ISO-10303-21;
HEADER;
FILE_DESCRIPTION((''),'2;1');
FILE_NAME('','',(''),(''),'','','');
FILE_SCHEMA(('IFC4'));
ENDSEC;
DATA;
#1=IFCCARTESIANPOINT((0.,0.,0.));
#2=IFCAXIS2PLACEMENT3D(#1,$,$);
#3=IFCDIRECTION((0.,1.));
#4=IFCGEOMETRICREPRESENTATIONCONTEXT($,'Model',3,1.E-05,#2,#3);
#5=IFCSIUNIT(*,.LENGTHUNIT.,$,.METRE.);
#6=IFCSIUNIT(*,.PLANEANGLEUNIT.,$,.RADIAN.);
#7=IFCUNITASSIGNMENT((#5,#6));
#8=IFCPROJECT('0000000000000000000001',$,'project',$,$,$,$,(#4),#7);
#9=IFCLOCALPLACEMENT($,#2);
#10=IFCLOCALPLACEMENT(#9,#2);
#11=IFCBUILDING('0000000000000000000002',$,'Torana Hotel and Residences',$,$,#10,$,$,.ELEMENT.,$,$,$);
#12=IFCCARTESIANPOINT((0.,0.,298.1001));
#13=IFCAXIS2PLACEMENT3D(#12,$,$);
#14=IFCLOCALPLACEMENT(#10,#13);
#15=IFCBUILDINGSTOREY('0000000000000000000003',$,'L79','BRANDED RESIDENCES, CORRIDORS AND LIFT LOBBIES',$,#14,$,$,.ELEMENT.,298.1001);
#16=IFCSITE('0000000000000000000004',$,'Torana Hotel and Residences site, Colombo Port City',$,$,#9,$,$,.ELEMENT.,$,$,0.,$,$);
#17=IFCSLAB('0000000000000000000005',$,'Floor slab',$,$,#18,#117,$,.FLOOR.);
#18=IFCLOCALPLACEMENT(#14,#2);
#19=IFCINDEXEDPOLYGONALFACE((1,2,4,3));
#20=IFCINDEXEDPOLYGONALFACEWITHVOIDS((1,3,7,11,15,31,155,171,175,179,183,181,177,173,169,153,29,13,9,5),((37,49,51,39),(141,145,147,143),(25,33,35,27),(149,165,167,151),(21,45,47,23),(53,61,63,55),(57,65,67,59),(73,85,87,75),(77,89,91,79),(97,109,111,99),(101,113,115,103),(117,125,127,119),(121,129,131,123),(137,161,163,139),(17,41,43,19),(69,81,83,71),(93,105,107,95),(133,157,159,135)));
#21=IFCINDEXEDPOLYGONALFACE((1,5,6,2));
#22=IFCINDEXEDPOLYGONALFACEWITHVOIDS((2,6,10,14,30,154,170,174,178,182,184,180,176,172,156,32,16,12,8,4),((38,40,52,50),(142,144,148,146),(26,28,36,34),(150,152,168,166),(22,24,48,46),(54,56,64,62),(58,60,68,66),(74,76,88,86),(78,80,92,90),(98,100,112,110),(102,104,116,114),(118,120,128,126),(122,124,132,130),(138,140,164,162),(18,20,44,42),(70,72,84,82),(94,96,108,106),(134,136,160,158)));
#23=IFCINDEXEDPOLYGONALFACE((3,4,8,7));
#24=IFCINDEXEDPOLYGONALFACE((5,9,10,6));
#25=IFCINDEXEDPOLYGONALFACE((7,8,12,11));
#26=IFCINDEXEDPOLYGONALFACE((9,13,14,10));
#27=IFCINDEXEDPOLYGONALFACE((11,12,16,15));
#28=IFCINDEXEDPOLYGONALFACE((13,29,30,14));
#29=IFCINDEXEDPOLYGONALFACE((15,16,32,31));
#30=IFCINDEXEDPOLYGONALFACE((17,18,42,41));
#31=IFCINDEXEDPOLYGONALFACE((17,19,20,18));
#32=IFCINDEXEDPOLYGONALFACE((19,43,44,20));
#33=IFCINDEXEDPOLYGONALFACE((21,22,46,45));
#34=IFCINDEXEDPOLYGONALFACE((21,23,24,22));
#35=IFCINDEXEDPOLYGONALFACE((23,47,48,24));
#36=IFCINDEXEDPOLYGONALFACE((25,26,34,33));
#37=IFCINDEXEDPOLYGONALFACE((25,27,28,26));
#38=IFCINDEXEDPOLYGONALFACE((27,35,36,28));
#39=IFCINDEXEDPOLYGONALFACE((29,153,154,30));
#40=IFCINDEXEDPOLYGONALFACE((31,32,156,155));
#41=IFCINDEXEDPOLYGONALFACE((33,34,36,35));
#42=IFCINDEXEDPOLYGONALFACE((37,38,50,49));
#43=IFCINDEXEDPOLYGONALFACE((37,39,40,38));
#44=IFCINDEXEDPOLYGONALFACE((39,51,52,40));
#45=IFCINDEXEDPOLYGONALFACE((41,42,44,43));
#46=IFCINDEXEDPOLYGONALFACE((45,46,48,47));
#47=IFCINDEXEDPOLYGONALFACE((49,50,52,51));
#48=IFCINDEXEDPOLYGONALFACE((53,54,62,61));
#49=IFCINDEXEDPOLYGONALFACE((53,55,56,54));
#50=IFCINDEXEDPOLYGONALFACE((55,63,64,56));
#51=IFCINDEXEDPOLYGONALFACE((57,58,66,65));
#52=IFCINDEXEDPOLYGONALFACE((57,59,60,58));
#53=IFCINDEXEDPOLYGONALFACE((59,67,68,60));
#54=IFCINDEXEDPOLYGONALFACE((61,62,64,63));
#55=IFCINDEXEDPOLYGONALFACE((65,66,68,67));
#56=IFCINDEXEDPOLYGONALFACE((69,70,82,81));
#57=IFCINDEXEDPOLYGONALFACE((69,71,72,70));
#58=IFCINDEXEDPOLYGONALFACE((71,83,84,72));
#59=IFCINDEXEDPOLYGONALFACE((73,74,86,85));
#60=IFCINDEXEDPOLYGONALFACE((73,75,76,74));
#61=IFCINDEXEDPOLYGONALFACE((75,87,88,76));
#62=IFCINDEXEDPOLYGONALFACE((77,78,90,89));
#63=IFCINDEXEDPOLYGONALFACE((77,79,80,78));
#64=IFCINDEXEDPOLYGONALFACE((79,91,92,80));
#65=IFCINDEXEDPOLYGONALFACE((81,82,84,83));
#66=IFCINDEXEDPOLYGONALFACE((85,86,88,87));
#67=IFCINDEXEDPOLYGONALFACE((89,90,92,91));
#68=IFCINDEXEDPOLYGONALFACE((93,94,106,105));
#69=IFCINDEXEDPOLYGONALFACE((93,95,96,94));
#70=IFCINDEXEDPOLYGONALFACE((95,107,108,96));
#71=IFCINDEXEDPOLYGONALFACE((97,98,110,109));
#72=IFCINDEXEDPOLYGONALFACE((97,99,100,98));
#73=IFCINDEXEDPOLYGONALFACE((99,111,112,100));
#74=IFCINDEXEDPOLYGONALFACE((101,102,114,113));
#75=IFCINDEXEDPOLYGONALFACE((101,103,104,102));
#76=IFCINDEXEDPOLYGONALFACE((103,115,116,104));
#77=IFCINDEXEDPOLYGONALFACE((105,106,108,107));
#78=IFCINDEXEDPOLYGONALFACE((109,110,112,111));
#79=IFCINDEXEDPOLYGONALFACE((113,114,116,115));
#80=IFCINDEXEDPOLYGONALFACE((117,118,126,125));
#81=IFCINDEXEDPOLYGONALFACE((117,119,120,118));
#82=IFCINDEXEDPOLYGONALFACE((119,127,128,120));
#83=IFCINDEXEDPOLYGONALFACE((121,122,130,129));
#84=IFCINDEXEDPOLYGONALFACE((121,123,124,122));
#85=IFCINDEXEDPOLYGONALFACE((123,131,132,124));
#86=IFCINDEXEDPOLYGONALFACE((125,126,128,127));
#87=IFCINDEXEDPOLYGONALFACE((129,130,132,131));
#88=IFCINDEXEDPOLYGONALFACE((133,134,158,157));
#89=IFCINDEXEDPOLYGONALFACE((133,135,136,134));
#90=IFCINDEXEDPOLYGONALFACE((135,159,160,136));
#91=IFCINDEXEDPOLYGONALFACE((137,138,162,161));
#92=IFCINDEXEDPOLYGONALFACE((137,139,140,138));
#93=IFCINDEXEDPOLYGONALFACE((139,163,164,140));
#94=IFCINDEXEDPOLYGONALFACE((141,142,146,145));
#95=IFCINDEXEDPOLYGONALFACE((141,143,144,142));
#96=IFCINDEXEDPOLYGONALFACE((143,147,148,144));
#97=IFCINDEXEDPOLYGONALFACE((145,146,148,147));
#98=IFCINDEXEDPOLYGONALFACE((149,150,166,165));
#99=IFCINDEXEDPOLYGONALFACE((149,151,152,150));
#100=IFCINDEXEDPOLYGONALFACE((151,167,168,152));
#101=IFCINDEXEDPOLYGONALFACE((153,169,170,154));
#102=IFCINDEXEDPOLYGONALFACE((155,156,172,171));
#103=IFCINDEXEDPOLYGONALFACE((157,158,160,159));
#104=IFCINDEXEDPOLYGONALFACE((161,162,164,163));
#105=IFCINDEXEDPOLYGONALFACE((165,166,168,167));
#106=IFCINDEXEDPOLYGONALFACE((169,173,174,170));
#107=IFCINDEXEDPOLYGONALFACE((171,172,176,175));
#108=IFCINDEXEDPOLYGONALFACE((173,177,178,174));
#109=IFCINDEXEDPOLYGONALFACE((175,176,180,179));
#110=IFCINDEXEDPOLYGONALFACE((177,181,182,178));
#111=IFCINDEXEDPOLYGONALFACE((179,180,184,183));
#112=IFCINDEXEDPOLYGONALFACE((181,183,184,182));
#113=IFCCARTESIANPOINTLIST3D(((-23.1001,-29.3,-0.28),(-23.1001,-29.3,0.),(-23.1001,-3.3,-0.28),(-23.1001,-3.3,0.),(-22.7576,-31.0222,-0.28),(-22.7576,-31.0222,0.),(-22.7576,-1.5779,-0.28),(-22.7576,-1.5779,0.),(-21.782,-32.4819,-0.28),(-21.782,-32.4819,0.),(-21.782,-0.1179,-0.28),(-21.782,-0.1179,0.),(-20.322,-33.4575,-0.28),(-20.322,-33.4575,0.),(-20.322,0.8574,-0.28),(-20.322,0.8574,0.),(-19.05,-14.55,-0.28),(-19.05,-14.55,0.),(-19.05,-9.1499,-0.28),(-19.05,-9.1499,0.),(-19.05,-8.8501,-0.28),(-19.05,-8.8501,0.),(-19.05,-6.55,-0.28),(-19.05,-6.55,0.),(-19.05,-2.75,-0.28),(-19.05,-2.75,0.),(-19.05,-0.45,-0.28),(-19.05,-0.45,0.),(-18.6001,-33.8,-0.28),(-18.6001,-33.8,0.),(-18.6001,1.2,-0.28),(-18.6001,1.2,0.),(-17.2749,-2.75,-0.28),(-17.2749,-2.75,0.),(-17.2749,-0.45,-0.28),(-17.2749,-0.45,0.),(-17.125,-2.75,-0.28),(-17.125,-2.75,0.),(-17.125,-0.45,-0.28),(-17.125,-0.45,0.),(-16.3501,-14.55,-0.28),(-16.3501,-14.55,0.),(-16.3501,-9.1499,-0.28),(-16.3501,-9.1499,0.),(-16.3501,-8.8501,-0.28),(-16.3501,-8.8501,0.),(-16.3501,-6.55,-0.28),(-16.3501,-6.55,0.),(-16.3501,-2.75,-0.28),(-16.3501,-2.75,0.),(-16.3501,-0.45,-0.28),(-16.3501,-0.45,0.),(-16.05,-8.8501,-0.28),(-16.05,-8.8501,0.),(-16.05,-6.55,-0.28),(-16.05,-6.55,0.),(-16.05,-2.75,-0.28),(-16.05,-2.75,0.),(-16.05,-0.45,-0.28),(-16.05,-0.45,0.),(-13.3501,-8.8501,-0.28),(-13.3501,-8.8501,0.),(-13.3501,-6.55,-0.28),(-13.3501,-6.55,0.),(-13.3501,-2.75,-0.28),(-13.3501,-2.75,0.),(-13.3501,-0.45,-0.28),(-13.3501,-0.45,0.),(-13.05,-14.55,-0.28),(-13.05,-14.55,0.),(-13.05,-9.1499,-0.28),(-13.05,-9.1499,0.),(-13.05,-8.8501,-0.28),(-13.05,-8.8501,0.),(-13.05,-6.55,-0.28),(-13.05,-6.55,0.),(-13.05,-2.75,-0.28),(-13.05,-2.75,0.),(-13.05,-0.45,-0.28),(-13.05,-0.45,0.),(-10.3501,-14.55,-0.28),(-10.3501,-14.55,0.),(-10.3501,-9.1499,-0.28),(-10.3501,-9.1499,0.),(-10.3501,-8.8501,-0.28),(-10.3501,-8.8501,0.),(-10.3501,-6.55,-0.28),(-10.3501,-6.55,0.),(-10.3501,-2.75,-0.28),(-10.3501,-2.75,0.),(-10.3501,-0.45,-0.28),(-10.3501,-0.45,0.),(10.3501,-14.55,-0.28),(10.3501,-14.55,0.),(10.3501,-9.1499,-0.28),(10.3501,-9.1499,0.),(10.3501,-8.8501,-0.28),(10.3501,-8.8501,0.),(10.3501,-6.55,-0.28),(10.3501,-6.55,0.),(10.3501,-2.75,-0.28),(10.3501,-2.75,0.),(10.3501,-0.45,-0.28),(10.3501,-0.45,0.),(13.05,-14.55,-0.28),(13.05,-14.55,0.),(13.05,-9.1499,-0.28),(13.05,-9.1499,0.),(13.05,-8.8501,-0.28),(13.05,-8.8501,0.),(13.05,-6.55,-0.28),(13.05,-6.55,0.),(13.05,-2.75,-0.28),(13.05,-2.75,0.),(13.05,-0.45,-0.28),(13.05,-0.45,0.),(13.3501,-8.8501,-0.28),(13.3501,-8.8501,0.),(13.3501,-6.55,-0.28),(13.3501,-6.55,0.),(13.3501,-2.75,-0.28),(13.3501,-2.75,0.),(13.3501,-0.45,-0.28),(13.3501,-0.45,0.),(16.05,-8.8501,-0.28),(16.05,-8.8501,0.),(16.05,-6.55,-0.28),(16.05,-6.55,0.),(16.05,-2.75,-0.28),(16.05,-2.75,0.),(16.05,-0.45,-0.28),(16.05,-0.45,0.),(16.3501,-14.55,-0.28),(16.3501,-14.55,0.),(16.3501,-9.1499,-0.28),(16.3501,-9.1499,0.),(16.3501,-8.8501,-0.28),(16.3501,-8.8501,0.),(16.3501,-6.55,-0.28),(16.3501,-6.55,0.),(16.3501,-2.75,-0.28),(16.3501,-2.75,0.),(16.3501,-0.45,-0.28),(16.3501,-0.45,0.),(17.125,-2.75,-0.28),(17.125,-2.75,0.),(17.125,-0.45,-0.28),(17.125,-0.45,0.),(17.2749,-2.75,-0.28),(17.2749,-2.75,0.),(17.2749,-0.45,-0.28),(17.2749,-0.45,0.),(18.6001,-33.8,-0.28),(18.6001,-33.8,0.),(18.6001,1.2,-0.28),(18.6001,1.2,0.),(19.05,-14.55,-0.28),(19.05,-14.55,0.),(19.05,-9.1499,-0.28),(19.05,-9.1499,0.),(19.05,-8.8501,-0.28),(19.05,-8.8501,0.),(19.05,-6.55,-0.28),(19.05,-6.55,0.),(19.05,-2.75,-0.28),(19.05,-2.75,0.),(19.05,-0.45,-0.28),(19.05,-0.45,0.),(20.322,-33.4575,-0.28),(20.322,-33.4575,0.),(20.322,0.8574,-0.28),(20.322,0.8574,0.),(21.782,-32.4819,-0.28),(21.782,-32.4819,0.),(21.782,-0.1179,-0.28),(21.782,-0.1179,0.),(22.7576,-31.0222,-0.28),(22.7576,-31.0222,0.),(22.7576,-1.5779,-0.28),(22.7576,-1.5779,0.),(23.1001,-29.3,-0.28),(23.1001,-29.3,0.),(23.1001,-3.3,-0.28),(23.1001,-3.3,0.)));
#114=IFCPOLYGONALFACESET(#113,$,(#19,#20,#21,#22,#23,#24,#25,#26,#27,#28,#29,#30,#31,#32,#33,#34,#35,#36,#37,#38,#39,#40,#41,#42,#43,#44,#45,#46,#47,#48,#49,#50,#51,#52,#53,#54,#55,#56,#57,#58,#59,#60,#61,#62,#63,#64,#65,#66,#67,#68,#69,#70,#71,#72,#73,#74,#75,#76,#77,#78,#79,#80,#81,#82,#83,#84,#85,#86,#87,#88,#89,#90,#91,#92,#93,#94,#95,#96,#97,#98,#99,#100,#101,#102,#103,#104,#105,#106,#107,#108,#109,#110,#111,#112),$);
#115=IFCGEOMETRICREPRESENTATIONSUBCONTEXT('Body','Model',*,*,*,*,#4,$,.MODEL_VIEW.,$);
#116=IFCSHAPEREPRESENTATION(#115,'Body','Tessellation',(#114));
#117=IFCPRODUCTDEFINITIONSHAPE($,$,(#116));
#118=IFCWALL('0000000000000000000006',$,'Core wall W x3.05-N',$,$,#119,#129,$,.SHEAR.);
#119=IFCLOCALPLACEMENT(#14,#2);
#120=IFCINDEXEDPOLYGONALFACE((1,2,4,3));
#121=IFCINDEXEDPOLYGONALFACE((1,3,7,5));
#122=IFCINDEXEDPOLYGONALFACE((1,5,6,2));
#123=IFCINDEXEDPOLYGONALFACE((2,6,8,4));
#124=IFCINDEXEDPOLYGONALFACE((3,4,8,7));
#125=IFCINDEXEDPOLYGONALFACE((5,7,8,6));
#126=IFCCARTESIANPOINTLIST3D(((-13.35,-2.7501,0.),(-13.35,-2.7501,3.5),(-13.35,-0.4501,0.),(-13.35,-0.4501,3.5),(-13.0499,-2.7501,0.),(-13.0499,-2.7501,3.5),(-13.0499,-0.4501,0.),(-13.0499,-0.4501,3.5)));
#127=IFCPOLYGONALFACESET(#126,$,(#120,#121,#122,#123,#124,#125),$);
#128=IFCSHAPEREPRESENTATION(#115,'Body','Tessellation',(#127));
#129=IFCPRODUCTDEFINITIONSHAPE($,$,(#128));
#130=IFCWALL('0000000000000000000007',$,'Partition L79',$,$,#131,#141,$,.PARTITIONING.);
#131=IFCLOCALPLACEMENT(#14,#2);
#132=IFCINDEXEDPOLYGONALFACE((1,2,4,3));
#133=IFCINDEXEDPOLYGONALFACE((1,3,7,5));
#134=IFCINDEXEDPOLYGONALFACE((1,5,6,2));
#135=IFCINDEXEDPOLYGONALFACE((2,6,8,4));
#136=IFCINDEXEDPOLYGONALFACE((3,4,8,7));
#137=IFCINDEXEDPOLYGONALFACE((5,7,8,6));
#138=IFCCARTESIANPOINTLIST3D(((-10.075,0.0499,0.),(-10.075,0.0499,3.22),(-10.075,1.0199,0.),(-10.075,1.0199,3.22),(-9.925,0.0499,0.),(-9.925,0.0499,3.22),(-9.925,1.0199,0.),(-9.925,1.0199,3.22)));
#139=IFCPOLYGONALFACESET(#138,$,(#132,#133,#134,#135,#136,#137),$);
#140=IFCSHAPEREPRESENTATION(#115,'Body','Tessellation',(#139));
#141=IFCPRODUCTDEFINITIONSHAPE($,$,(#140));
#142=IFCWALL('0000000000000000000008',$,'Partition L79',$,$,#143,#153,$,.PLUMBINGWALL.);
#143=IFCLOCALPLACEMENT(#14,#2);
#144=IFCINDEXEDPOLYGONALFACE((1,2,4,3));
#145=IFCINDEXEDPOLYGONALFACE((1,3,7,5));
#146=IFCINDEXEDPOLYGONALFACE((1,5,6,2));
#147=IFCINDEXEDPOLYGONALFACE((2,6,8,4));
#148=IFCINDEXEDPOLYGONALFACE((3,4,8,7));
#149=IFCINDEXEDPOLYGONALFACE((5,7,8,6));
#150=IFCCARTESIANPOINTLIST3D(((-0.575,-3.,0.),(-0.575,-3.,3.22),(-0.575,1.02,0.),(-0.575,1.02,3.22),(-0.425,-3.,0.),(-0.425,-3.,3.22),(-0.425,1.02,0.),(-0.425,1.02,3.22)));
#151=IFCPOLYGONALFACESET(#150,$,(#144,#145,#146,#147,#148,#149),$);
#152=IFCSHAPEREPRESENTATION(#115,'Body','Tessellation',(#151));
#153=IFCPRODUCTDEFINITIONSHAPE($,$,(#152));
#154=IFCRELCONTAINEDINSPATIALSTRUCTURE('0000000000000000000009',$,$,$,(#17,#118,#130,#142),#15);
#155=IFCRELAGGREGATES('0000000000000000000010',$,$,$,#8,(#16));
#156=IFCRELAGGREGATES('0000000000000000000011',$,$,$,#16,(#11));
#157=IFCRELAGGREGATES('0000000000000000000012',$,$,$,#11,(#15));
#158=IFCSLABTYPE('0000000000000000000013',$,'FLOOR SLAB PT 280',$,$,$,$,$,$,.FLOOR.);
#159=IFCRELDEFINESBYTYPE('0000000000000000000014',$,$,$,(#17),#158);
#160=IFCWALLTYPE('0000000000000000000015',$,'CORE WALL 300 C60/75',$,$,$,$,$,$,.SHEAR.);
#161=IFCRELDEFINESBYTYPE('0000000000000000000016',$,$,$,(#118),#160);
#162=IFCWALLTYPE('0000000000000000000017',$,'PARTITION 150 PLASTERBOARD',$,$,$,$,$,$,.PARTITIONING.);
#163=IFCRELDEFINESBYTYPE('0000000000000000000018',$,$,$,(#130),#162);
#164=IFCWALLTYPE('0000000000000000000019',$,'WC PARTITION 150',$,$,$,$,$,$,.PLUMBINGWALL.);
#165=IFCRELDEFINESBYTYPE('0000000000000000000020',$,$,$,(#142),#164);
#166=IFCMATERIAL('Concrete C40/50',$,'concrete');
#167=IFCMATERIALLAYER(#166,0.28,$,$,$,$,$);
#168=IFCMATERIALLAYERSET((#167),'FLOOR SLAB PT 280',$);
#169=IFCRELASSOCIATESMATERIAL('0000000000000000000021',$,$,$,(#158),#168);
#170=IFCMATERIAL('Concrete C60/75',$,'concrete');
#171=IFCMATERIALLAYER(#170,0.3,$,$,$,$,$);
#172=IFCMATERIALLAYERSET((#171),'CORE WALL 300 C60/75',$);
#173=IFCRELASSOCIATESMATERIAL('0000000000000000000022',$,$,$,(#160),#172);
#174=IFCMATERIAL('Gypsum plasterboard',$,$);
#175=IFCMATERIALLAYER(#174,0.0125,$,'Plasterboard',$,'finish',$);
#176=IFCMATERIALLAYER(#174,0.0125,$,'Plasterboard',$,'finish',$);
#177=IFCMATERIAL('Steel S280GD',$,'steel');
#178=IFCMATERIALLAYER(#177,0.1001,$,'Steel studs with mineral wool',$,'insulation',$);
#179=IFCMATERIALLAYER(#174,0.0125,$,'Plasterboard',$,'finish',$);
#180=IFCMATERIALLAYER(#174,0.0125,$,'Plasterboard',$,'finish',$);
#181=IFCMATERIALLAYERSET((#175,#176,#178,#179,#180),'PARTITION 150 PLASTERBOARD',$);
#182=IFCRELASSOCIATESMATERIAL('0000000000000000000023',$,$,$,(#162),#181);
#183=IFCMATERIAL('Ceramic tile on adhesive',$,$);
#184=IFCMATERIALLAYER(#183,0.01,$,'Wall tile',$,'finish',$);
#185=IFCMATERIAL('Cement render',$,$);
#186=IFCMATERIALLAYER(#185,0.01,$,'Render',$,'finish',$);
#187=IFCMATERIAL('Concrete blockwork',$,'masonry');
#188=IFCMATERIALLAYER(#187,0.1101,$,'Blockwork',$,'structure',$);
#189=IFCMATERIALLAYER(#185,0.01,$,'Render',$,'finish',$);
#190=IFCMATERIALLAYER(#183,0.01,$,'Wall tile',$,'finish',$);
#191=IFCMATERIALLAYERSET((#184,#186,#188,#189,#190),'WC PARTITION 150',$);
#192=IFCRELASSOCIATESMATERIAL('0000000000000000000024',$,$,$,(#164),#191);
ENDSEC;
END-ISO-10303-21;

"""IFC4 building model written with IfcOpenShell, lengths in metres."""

from ifc_helpers import new_model, si_unit, direction, frame, frame_2d, origin, place, context, subcontext, project, spatial, polyline, rectangle, outline, extrude, material, layer, layer_set, type_object, element, save


model = new_model("IFC4")

# Units and contexts
model_context = context("Model", 3, precision=1e-05, world=origin(), true_north=direction((0.0, 1.0)))
body_context = subcontext(model_context, "Body", "Model", "MODEL_VIEW")
ifc_project = project(units=[si_unit("LENGTHUNIT", "METRE"), si_unit("PLANEANGLEUNIT", "RADIAN")], contexts=[model_context])

# Site, building, storey
site_placement = place(None, origin())
site = spatial("IfcSite", under=ifc_project, at=site_placement, Name="Torana Hotel and Residences site, Colombo Port City", CompositionType="ELEMENT", RefElevation=0.0)
building_placement = place(site_placement, origin())
building = spatial("IfcBuilding", under=site, at=building_placement, Name="Torana Hotel and Residences", CompositionType="ELEMENT")
storey_placement = place(building_placement, frame((0.0, 0.0, 298.1001)))
storey = spatial("IfcBuildingStorey", under=building, at=storey_placement, Name="L79", Description="BRANDED RESIDENCES, CORRIDORS AND LIFT LOBBIES", CompositionType="ELEMENT", Elevation=298.1001)

# Slab
ifc_material_1 = material(Name="Concrete C40/50", Category="concrete")
ifc_layer_1 = layer(ifc_material_1, 0.28)
ifc_layer_set_1 = layer_set([ifc_layer_1], Name="FLOOR SLAB PT 280")
slab_type_1 = type_object("IfcSlabType", Name="FLOOR SLAB PT 280", PredefinedType="FLOOR", material=ifc_layer_set_1)
slab_1_placement = place(storey_placement, frame((0.0, 0.0, -0.28)))
element("IfcSlab", 1, at=slab_1_placement, inside=storey, type_object=slab_type_1, Name="Floor slab", PredefinedType="FLOOR", context=body_context, shape_type="SweptSolid", body=[
    extrude(outline(polyline([(23.1001, -3.3), (22.7576, -1.5779), (21.782, -0.1179), (20.322, 0.8574), (18.6001, 1.2), (-18.6001, 1.2), (-20.322, 0.8574), (-21.782, -0.1179), (-22.7576, -1.5779), (-23.1001, -3.3), (-23.1001, -29.3), (-22.7576, -31.0222), (-21.782, -32.4819), (-20.322, -33.4575), (-18.6001, -33.8), (18.6001, -33.8), (20.322, -33.4575), (21.782, -32.4819), (22.7576, -31.0222), (23.1001, -29.3), (23.1001, -3.3)]), holes=[polyline([(-13.05, -14.55), (-10.3501, -14.55), (-10.3501, -9.1499), (-13.05, -9.1499), (-13.05, -14.55)]), polyline([(-19.05, -14.55), (-16.3501, -14.55), (-16.3501, -9.1499), (-19.05, -9.1499), (-19.05, -14.55)]), polyline([(-17.125, -2.75), (-16.3501, -2.75), (-16.3501, -0.45), (-17.125, -0.45), (-17.125, -2.75)]), polyline([(-19.05, -2.75), (-17.2749, -2.75), (-17.2749, -0.45), (-19.05, -0.45), (-19.05, -2.75)]), polyline([(-13.05, -2.75), (-10.3501, -2.75), (-10.3501, -0.45), (-13.05, -0.45), (-13.05, -2.75)]), polyline([(-16.05, -2.75), (-13.3501, -2.75), (-13.3501, -0.45), (-16.05, -0.45), (-16.05, -2.75)]), polyline([(-13.05, -8.8501), (-10.3501, -8.8501), (-10.3501, -6.55), (-13.05, -6.55), (-13.05, -8.8501)]), polyline([(-16.05, -8.8501), (-13.3501, -8.8501), (-13.3501, -6.55), (-16.05, -6.55), (-16.05, -8.8501)]), polyline([(-19.05, -8.8501), (-16.3501, -8.8501), (-16.3501, -6.55), (-19.05, -6.55), (-19.05, -8.8501)]), polyline([(10.3501, -14.55), (13.05, -14.55), (13.05, -9.1499), (10.3501, -9.1499), (10.3501, -14.55)]), polyline([(16.3501, -14.55), (19.05, -14.55), (19.05, -9.1499), (16.3501, -9.1499), (16.3501, -14.55)]), polyline([(16.3501, -2.75), (17.125, -2.75), (17.125, -0.45), (16.3501, -0.45), (16.3501, -2.75)]), polyline([(17.2749, -2.75), (19.05, -2.75), (19.05, -0.45), (17.2749, -0.45), (17.2749, -2.75)]), polyline([(10.3501, -2.75), (13.05, -2.75), (13.05, -0.45), (10.3501, -0.45), (10.3501, -2.75)]), polyline([(13.3501, -2.75), (16.05, -2.75), (16.05, -0.45), (13.3501, -0.45), (13.3501, -2.75)]), polyline([(10.3501, -8.8501), (13.05, -8.8501), (13.05, -6.55), (10.3501, -6.55), (10.3501, -8.8501)]), polyline([(13.3501, -8.8501), (16.05, -8.8501), (16.05, -6.55), (13.3501, -6.55), (13.3501, -8.8501)]), polyline([(16.3501, -8.8501), (19.05, -8.8501), (19.05, -6.55), (16.3501, -6.55), (16.3501, -8.8501)])]), origin(), (0.0, 0.0, 1.0), 0.28),
])

# Walls
ifc_material_2 = material(Name="Concrete C60/75", Category="concrete")
ifc_layer_2 = layer(ifc_material_2, 0.3)
ifc_layer_set_2 = layer_set([ifc_layer_2], Name="CORE WALL 300 C60/75")
wall_type_1 = type_object("IfcWallType", Name="CORE WALL 300 C60/75", PredefinedType="SHEAR", material=ifc_layer_set_2)
wall_1_placement = place(storey_placement, frame((-13.2, -2.75, 0.0), z_axis=(0.0, 0.0, 1.0), x_axis=(0.0, 1.0, 0.0)))
element("IfcWall", 2, at=wall_1_placement, inside=storey, type_object=wall_type_1, Name="Core wall W x3.05-N", PredefinedType="SHEAR", context=body_context, shape_type="SweptSolid", body=[
    extrude(rectangle(XDim=2.3, YDim=0.3, at=frame_2d((1.1499, 0.0))), origin(), (0.0, 0.0, 1.0), 3.5),
])
ifc_material_3 = material(Name="Gypsum plasterboard")
ifc_layer_3 = layer(ifc_material_3, 0.0125, Name="Plasterboard", Category="finish")
ifc_layer_4 = layer(ifc_material_3, 0.0125, Name="Plasterboard", Category="finish")
ifc_material_4 = material(Name="Steel S280GD", Category="steel")
ifc_layer_5 = layer(ifc_material_4, 0.1001, Name="Steel studs with mineral wool", Category="insulation")
ifc_layer_6 = layer(ifc_material_3, 0.0125, Name="Plasterboard", Category="finish")
ifc_layer_7 = layer(ifc_material_3, 0.0125, Name="Plasterboard", Category="finish")
ifc_layer_set_3 = layer_set([ifc_layer_3, ifc_layer_4, ifc_layer_5, ifc_layer_6, ifc_layer_7], Name="PARTITION 150 PLASTERBOARD")
wall_type_2 = type_object("IfcWallType", Name="PARTITION 150 PLASTERBOARD", PredefinedType="PARTITIONING", material=ifc_layer_set_3)
wall_2_placement = place(storey_placement, frame((-10.0, 0.05, 0.0), z_axis=(0.0, 0.0, 1.0), x_axis=(0.0, 1.0, 0.0)))
element("IfcWall", 3, at=wall_2_placement, inside=storey, type_object=wall_type_2, Name="Partition L79", PredefinedType="PARTITIONING", context=body_context, shape_type="SweptSolid", body=[
    extrude(rectangle(XDim=0.97, YDim=0.1499, at=frame_2d((0.4849, 0.0))), origin(), (0.0, 0.0, 1.0), 3.22),
])
ifc_material_5 = material(Name="Ceramic tile on adhesive")
ifc_layer_8 = layer(ifc_material_5, 0.01, Name="Wall tile", Category="finish")
ifc_material_6 = material(Name="Cement render")
ifc_layer_9 = layer(ifc_material_6, 0.01, Name="Render", Category="finish")
ifc_material_7 = material(Name="Concrete blockwork", Category="masonry")
ifc_layer_10 = layer(ifc_material_7, 0.1101, Name="Blockwork", Category="structure")
ifc_layer_11 = layer(ifc_material_6, 0.01, Name="Render", Category="finish")
ifc_layer_12 = layer(ifc_material_5, 0.01, Name="Wall tile", Category="finish")
ifc_layer_set_4 = layer_set([ifc_layer_8, ifc_layer_9, ifc_layer_10, ifc_layer_11, ifc_layer_12], Name="WC PARTITION 150")
wall_type_3 = type_object("IfcWallType", Name="WC PARTITION 150", PredefinedType="PLUMBINGWALL", material=ifc_layer_set_4)
wall_3_placement = place(storey_placement, frame((-0.5, -3.0, 0.0), z_axis=(0.0, 0.0, 1.0), x_axis=(0.0, 1.0, 0.0)))
element("IfcWall", 4, at=wall_3_placement, inside=storey, type_object=wall_type_3, Name="Partition L79", PredefinedType="PLUMBINGWALL", context=body_context, shape_type="SweptSolid", body=[
    extrude(rectangle(XDim=4.02, YDim=0.1499, at=frame_2d((2.01, 0.0))), origin(), (0.0, 0.0, 1.0), 3.22),
])

save(model, "model.ifc")
